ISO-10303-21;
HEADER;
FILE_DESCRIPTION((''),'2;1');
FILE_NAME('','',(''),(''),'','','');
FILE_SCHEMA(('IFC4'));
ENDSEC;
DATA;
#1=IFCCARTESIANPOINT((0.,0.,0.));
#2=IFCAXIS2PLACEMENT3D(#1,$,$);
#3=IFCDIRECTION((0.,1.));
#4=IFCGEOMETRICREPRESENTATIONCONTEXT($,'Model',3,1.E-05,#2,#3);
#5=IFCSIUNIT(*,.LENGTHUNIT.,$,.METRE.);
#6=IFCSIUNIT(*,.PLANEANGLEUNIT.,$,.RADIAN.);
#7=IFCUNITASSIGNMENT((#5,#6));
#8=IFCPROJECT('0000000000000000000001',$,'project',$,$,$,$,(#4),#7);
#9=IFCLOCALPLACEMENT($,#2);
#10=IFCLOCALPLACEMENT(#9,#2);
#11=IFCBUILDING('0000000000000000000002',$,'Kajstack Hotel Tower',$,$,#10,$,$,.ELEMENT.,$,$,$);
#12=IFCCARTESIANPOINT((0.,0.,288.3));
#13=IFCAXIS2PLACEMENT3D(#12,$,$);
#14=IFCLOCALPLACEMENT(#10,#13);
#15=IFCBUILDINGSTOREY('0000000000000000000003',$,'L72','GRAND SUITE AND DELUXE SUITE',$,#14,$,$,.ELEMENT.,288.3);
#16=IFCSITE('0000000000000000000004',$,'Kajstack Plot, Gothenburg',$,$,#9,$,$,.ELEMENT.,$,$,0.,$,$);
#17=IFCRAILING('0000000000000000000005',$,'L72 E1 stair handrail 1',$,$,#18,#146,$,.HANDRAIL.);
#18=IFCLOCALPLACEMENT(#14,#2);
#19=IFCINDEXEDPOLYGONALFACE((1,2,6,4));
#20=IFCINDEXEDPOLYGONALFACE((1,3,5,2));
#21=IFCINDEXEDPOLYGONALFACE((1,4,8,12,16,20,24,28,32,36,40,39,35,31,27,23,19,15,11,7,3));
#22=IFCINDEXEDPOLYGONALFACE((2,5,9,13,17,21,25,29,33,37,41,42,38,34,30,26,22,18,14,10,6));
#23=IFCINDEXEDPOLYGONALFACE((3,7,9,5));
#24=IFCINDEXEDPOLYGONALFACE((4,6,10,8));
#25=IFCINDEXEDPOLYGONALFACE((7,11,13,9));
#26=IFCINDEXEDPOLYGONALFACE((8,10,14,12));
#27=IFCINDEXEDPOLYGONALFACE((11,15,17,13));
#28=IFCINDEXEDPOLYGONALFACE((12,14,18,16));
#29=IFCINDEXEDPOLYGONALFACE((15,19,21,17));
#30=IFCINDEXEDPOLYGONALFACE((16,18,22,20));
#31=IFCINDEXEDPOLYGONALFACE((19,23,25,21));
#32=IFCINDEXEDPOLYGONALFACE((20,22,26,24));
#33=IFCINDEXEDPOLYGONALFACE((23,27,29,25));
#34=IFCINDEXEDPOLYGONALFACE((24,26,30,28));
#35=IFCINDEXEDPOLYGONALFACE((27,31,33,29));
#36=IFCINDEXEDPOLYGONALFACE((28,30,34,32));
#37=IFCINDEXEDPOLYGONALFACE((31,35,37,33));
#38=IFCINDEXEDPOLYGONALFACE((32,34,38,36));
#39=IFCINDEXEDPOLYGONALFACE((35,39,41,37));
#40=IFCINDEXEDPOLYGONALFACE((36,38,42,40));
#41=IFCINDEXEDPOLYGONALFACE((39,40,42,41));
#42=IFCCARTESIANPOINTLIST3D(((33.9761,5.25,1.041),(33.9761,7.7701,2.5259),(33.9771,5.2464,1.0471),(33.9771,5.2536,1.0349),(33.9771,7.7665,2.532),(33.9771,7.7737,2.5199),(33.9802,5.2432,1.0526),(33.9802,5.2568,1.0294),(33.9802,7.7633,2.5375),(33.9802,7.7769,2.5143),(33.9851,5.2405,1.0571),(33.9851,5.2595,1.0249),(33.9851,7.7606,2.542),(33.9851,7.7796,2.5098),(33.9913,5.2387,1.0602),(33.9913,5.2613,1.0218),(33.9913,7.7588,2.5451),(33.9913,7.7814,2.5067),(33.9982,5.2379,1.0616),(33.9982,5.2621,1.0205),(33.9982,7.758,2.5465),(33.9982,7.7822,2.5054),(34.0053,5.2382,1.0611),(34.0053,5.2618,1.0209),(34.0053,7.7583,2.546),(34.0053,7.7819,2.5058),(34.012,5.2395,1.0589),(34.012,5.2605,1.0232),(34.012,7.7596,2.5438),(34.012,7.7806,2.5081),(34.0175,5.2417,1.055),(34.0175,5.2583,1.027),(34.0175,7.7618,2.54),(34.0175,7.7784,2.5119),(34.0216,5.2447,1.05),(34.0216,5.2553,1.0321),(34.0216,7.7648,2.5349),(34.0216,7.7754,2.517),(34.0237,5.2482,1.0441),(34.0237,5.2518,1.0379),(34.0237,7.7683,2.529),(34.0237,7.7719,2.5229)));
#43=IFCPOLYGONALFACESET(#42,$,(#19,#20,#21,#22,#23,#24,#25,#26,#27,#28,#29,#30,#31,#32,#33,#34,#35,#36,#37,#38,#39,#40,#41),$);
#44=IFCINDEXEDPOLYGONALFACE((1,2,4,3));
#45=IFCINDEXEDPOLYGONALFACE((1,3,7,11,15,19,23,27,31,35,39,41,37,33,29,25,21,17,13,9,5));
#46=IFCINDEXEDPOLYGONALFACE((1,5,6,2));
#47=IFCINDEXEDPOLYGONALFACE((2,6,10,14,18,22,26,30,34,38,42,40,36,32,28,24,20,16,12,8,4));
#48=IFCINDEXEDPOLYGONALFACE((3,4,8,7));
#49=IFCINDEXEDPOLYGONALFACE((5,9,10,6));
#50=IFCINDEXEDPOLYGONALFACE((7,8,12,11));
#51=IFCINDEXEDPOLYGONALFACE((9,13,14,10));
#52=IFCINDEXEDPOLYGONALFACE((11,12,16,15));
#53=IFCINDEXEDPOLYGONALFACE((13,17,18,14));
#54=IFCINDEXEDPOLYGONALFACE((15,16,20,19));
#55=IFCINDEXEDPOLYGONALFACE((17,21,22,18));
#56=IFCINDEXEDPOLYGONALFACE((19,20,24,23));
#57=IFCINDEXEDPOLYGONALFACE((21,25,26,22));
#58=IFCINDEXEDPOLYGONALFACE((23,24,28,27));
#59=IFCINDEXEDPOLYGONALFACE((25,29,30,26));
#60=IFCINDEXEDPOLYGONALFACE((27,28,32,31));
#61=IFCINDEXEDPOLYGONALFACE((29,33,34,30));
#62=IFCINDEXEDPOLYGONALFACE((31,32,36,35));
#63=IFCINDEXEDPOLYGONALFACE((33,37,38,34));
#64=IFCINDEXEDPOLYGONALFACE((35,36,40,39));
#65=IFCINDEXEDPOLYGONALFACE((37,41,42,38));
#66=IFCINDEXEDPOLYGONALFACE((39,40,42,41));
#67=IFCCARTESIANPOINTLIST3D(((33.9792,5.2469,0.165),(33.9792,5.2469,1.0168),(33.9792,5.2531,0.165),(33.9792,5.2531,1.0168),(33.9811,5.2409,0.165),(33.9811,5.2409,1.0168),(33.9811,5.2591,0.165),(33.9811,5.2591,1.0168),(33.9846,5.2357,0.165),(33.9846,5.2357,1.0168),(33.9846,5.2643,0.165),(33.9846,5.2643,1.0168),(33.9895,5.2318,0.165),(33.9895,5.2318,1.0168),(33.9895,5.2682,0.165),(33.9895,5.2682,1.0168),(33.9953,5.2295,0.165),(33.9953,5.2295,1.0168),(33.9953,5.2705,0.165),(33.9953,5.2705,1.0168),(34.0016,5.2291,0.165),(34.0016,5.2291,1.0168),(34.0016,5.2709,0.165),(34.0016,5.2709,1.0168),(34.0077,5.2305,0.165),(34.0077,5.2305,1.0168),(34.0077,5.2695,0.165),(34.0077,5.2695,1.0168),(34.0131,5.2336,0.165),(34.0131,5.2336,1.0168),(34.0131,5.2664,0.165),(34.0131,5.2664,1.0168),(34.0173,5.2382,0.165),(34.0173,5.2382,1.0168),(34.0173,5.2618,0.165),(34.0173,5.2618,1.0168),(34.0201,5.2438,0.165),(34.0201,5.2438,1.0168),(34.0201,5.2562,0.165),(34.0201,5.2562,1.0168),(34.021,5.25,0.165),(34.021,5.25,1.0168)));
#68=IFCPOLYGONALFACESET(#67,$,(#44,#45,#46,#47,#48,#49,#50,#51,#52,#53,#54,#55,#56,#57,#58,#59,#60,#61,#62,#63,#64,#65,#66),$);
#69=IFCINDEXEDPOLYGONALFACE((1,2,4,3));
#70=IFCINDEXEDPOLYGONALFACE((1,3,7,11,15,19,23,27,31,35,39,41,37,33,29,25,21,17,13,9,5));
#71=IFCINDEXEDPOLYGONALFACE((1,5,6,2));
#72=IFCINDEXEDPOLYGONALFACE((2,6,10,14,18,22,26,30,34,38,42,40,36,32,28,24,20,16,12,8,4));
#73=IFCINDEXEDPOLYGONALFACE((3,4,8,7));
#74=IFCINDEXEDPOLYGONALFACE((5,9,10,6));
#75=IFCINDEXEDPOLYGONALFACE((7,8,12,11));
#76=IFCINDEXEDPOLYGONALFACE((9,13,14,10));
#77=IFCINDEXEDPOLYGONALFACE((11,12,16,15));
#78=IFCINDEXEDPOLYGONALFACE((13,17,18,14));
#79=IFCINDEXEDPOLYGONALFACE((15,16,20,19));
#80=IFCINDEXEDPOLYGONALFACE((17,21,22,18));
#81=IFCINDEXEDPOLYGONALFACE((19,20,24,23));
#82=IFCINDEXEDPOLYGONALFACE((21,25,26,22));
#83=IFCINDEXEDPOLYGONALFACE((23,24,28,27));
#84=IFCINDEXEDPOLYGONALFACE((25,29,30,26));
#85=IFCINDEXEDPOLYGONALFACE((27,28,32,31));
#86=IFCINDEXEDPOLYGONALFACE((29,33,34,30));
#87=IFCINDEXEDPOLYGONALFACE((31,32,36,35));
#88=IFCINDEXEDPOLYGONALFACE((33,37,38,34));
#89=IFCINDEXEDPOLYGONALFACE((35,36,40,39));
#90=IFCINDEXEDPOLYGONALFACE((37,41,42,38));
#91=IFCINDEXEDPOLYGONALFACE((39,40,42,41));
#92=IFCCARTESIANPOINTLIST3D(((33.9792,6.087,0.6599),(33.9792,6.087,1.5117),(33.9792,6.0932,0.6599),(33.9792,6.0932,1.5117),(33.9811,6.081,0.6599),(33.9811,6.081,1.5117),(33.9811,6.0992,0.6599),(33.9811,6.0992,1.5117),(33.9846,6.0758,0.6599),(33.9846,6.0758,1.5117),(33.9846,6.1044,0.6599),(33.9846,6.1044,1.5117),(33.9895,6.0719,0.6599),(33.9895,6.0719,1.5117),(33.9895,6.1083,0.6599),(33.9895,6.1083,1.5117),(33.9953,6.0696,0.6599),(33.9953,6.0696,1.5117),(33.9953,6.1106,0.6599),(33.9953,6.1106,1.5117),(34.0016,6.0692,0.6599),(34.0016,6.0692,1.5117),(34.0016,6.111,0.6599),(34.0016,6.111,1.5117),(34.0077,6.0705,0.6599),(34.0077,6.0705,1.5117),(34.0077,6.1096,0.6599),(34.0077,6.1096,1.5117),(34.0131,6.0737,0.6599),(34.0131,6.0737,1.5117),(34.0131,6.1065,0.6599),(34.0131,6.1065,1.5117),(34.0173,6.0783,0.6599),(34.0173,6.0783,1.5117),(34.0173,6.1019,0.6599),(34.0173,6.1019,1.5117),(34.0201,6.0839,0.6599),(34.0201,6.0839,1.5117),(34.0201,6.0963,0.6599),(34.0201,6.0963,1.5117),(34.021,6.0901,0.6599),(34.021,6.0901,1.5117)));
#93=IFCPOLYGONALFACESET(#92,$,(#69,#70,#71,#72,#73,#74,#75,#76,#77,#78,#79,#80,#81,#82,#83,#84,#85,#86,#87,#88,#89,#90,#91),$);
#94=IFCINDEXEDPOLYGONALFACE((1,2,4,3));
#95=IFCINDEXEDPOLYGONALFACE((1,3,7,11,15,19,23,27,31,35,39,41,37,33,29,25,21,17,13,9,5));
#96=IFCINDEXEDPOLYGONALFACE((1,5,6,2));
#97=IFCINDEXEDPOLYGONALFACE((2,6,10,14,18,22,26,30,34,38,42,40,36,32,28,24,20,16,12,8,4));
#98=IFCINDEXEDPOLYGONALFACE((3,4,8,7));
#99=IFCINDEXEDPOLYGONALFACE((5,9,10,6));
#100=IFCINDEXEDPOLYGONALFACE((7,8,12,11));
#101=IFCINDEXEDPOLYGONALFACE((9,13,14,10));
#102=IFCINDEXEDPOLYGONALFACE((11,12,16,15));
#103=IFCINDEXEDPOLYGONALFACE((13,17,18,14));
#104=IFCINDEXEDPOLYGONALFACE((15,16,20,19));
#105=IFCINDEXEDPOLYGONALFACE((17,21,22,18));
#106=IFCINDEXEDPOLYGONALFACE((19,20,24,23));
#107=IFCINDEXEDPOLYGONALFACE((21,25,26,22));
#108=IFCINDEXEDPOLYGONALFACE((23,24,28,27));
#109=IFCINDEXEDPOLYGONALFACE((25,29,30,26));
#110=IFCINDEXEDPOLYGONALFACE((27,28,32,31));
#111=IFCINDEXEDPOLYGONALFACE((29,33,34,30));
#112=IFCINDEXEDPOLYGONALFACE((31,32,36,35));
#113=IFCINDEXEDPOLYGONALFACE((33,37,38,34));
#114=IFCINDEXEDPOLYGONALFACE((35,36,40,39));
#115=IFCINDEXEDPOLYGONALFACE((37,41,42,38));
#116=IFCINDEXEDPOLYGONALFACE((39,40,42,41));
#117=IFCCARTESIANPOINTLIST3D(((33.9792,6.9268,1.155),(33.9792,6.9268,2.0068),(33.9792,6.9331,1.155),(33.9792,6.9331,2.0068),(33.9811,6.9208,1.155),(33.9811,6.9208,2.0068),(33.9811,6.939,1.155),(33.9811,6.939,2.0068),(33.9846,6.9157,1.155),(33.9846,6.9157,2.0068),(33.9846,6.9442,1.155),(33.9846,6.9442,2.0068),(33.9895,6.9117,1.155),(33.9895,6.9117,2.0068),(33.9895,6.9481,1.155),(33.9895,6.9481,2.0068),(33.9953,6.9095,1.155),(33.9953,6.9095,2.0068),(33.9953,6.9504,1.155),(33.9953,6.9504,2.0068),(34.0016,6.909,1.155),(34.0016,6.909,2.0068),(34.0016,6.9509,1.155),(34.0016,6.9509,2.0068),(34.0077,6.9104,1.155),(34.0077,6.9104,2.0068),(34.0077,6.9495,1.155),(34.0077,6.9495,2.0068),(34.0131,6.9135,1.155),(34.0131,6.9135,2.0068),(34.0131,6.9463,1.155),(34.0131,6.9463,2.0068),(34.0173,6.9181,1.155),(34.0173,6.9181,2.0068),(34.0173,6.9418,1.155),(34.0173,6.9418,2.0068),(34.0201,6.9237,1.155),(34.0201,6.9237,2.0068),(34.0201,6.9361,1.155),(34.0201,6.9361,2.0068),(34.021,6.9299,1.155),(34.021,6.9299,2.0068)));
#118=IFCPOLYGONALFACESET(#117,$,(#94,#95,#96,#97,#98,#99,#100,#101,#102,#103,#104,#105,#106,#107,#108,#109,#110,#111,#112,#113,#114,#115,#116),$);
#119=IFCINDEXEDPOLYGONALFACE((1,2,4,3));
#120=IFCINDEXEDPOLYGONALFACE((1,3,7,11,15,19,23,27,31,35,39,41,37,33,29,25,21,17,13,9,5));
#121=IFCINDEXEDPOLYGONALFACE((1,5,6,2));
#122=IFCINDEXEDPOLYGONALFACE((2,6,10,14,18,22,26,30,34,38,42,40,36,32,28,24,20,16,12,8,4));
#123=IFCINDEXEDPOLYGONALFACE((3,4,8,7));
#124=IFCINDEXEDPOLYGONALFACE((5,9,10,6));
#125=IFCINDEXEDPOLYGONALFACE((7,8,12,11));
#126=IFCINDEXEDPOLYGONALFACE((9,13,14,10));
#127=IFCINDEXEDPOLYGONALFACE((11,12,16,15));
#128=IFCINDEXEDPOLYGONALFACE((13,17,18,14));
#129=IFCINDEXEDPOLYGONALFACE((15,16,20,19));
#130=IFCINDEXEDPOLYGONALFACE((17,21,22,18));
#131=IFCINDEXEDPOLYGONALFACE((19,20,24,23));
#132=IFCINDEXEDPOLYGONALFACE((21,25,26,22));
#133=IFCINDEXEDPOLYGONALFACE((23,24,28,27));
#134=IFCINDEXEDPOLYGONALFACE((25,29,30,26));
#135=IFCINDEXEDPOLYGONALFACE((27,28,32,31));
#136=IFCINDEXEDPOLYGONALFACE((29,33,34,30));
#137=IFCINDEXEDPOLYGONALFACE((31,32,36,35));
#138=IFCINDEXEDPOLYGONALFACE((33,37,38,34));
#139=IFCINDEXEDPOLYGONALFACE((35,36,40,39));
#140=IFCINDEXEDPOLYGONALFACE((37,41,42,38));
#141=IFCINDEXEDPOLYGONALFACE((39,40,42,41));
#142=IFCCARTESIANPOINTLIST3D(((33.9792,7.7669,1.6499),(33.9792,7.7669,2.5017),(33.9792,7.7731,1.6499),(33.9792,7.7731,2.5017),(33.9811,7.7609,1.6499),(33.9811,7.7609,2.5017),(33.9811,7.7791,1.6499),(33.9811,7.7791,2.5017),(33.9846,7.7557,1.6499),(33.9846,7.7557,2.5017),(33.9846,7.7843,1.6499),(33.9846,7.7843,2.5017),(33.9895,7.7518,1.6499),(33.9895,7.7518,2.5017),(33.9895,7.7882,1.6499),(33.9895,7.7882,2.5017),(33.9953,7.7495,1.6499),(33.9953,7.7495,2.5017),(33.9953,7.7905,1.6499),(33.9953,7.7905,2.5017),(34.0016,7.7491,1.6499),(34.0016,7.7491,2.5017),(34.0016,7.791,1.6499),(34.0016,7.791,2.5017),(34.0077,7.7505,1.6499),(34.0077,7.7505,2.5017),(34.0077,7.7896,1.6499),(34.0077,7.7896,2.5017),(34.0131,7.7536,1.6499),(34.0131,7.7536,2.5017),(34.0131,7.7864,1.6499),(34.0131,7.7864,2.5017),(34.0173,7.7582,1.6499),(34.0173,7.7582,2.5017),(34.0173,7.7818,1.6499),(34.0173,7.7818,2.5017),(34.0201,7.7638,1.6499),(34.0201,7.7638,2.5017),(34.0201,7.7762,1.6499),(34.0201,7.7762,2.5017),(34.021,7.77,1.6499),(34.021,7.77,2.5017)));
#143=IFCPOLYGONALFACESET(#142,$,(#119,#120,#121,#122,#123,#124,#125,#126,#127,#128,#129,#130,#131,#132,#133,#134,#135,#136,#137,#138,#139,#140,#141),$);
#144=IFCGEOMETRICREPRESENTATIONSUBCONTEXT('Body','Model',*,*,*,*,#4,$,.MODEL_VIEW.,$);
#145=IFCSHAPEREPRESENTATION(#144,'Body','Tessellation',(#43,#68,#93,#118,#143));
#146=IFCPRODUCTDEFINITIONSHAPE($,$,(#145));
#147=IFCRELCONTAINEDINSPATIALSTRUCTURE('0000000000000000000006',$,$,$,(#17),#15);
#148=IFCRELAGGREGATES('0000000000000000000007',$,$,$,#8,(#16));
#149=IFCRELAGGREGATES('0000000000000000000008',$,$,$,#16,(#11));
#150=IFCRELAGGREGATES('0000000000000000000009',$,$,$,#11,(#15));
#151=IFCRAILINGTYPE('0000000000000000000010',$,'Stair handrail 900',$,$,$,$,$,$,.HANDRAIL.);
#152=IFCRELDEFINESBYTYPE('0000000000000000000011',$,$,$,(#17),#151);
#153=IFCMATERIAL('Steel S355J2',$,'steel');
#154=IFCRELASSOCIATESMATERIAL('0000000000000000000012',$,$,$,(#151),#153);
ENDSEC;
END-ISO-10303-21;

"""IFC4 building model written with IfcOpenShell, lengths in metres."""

from ifc_helpers import new_model, si_unit, direction, frame, origin, origin_2d, place, context, subcontext, project, spatial, circle, extrude, material, type_object, element, save


model = new_model("IFC4")

# Units and contexts
model_context = context("Model", 3, precision=1e-05, world=origin(), true_north=direction((0.0, 1.0)))
body_context = subcontext(model_context, "Body", "Model", "MODEL_VIEW")
ifc_project = project(units=[si_unit("LENGTHUNIT", "METRE"), si_unit("PLANEANGLEUNIT", "RADIAN")], contexts=[model_context])

# Site, building, storey
site_placement = place(None, origin())
site = spatial("IfcSite", under=ifc_project, at=site_placement, Name="Kajstack Plot, Gothenburg", CompositionType="ELEMENT", RefElevation=0.0)
building_placement = place(site_placement, origin())
building = spatial("IfcBuilding", under=site, at=building_placement, Name="Kajstack Hotel Tower", CompositionType="ELEMENT")
storey_placement = place(building_placement, frame((0.0, 0.0, 288.3)))
storey = spatial("IfcBuildingStorey", under=building, at=storey_placement, Name="L72", Description="GRAND SUITE AND DELUXE SUITE", CompositionType="ELEMENT", Elevation=288.3)

# Railing
ifc_material_1 = material(Name="Steel S355J2", Category="steel")
railing_type_1 = type_object("IfcRailingType", Name="Stair handrail 900", PredefinedType="HANDRAIL", material=ifc_material_1)
railing_1_placement = place(storey_placement, frame((34.0, 5.25, 0.165)))
element("IfcRailing", 1, at=railing_1_placement, inside=storey, type_object=railing_type_1, Name="L72 E1 stair handrail 1", PredefinedType="HANDRAIL", context=body_context, shape_type="SweptSolid", body=[
    extrude(circle(Radius=0.0239, at=origin_2d()), frame((0.0, 0.0, 0.876), z_axis=(0.0, 0.861561, 0.507655), x_axis=(-1.0, 0.0, 0.0)), (0.0, 0.0, 1.0), 2.925),
    extrude(circle(Radius=0.021, at=origin_2d()), origin(), (0.0, 0.0, 1.0), 0.8518),
    extrude(circle(Radius=0.021, at=origin_2d()), frame((0.0, 0.8401, 0.4949)), (0.0, 0.0, 1.0), 0.8518),
    extrude(circle(Radius=0.021, at=origin_2d()), frame((0.0, 1.6799, 0.99)), (0.0, 0.0, 1.0), 0.8518),
    extrude(circle(Radius=0.021, at=origin_2d()), frame((0.0, 2.52, 1.4849)), (0.0, 0.0, 1.0), 0.8518),
])

save(model, "model.ifc")
